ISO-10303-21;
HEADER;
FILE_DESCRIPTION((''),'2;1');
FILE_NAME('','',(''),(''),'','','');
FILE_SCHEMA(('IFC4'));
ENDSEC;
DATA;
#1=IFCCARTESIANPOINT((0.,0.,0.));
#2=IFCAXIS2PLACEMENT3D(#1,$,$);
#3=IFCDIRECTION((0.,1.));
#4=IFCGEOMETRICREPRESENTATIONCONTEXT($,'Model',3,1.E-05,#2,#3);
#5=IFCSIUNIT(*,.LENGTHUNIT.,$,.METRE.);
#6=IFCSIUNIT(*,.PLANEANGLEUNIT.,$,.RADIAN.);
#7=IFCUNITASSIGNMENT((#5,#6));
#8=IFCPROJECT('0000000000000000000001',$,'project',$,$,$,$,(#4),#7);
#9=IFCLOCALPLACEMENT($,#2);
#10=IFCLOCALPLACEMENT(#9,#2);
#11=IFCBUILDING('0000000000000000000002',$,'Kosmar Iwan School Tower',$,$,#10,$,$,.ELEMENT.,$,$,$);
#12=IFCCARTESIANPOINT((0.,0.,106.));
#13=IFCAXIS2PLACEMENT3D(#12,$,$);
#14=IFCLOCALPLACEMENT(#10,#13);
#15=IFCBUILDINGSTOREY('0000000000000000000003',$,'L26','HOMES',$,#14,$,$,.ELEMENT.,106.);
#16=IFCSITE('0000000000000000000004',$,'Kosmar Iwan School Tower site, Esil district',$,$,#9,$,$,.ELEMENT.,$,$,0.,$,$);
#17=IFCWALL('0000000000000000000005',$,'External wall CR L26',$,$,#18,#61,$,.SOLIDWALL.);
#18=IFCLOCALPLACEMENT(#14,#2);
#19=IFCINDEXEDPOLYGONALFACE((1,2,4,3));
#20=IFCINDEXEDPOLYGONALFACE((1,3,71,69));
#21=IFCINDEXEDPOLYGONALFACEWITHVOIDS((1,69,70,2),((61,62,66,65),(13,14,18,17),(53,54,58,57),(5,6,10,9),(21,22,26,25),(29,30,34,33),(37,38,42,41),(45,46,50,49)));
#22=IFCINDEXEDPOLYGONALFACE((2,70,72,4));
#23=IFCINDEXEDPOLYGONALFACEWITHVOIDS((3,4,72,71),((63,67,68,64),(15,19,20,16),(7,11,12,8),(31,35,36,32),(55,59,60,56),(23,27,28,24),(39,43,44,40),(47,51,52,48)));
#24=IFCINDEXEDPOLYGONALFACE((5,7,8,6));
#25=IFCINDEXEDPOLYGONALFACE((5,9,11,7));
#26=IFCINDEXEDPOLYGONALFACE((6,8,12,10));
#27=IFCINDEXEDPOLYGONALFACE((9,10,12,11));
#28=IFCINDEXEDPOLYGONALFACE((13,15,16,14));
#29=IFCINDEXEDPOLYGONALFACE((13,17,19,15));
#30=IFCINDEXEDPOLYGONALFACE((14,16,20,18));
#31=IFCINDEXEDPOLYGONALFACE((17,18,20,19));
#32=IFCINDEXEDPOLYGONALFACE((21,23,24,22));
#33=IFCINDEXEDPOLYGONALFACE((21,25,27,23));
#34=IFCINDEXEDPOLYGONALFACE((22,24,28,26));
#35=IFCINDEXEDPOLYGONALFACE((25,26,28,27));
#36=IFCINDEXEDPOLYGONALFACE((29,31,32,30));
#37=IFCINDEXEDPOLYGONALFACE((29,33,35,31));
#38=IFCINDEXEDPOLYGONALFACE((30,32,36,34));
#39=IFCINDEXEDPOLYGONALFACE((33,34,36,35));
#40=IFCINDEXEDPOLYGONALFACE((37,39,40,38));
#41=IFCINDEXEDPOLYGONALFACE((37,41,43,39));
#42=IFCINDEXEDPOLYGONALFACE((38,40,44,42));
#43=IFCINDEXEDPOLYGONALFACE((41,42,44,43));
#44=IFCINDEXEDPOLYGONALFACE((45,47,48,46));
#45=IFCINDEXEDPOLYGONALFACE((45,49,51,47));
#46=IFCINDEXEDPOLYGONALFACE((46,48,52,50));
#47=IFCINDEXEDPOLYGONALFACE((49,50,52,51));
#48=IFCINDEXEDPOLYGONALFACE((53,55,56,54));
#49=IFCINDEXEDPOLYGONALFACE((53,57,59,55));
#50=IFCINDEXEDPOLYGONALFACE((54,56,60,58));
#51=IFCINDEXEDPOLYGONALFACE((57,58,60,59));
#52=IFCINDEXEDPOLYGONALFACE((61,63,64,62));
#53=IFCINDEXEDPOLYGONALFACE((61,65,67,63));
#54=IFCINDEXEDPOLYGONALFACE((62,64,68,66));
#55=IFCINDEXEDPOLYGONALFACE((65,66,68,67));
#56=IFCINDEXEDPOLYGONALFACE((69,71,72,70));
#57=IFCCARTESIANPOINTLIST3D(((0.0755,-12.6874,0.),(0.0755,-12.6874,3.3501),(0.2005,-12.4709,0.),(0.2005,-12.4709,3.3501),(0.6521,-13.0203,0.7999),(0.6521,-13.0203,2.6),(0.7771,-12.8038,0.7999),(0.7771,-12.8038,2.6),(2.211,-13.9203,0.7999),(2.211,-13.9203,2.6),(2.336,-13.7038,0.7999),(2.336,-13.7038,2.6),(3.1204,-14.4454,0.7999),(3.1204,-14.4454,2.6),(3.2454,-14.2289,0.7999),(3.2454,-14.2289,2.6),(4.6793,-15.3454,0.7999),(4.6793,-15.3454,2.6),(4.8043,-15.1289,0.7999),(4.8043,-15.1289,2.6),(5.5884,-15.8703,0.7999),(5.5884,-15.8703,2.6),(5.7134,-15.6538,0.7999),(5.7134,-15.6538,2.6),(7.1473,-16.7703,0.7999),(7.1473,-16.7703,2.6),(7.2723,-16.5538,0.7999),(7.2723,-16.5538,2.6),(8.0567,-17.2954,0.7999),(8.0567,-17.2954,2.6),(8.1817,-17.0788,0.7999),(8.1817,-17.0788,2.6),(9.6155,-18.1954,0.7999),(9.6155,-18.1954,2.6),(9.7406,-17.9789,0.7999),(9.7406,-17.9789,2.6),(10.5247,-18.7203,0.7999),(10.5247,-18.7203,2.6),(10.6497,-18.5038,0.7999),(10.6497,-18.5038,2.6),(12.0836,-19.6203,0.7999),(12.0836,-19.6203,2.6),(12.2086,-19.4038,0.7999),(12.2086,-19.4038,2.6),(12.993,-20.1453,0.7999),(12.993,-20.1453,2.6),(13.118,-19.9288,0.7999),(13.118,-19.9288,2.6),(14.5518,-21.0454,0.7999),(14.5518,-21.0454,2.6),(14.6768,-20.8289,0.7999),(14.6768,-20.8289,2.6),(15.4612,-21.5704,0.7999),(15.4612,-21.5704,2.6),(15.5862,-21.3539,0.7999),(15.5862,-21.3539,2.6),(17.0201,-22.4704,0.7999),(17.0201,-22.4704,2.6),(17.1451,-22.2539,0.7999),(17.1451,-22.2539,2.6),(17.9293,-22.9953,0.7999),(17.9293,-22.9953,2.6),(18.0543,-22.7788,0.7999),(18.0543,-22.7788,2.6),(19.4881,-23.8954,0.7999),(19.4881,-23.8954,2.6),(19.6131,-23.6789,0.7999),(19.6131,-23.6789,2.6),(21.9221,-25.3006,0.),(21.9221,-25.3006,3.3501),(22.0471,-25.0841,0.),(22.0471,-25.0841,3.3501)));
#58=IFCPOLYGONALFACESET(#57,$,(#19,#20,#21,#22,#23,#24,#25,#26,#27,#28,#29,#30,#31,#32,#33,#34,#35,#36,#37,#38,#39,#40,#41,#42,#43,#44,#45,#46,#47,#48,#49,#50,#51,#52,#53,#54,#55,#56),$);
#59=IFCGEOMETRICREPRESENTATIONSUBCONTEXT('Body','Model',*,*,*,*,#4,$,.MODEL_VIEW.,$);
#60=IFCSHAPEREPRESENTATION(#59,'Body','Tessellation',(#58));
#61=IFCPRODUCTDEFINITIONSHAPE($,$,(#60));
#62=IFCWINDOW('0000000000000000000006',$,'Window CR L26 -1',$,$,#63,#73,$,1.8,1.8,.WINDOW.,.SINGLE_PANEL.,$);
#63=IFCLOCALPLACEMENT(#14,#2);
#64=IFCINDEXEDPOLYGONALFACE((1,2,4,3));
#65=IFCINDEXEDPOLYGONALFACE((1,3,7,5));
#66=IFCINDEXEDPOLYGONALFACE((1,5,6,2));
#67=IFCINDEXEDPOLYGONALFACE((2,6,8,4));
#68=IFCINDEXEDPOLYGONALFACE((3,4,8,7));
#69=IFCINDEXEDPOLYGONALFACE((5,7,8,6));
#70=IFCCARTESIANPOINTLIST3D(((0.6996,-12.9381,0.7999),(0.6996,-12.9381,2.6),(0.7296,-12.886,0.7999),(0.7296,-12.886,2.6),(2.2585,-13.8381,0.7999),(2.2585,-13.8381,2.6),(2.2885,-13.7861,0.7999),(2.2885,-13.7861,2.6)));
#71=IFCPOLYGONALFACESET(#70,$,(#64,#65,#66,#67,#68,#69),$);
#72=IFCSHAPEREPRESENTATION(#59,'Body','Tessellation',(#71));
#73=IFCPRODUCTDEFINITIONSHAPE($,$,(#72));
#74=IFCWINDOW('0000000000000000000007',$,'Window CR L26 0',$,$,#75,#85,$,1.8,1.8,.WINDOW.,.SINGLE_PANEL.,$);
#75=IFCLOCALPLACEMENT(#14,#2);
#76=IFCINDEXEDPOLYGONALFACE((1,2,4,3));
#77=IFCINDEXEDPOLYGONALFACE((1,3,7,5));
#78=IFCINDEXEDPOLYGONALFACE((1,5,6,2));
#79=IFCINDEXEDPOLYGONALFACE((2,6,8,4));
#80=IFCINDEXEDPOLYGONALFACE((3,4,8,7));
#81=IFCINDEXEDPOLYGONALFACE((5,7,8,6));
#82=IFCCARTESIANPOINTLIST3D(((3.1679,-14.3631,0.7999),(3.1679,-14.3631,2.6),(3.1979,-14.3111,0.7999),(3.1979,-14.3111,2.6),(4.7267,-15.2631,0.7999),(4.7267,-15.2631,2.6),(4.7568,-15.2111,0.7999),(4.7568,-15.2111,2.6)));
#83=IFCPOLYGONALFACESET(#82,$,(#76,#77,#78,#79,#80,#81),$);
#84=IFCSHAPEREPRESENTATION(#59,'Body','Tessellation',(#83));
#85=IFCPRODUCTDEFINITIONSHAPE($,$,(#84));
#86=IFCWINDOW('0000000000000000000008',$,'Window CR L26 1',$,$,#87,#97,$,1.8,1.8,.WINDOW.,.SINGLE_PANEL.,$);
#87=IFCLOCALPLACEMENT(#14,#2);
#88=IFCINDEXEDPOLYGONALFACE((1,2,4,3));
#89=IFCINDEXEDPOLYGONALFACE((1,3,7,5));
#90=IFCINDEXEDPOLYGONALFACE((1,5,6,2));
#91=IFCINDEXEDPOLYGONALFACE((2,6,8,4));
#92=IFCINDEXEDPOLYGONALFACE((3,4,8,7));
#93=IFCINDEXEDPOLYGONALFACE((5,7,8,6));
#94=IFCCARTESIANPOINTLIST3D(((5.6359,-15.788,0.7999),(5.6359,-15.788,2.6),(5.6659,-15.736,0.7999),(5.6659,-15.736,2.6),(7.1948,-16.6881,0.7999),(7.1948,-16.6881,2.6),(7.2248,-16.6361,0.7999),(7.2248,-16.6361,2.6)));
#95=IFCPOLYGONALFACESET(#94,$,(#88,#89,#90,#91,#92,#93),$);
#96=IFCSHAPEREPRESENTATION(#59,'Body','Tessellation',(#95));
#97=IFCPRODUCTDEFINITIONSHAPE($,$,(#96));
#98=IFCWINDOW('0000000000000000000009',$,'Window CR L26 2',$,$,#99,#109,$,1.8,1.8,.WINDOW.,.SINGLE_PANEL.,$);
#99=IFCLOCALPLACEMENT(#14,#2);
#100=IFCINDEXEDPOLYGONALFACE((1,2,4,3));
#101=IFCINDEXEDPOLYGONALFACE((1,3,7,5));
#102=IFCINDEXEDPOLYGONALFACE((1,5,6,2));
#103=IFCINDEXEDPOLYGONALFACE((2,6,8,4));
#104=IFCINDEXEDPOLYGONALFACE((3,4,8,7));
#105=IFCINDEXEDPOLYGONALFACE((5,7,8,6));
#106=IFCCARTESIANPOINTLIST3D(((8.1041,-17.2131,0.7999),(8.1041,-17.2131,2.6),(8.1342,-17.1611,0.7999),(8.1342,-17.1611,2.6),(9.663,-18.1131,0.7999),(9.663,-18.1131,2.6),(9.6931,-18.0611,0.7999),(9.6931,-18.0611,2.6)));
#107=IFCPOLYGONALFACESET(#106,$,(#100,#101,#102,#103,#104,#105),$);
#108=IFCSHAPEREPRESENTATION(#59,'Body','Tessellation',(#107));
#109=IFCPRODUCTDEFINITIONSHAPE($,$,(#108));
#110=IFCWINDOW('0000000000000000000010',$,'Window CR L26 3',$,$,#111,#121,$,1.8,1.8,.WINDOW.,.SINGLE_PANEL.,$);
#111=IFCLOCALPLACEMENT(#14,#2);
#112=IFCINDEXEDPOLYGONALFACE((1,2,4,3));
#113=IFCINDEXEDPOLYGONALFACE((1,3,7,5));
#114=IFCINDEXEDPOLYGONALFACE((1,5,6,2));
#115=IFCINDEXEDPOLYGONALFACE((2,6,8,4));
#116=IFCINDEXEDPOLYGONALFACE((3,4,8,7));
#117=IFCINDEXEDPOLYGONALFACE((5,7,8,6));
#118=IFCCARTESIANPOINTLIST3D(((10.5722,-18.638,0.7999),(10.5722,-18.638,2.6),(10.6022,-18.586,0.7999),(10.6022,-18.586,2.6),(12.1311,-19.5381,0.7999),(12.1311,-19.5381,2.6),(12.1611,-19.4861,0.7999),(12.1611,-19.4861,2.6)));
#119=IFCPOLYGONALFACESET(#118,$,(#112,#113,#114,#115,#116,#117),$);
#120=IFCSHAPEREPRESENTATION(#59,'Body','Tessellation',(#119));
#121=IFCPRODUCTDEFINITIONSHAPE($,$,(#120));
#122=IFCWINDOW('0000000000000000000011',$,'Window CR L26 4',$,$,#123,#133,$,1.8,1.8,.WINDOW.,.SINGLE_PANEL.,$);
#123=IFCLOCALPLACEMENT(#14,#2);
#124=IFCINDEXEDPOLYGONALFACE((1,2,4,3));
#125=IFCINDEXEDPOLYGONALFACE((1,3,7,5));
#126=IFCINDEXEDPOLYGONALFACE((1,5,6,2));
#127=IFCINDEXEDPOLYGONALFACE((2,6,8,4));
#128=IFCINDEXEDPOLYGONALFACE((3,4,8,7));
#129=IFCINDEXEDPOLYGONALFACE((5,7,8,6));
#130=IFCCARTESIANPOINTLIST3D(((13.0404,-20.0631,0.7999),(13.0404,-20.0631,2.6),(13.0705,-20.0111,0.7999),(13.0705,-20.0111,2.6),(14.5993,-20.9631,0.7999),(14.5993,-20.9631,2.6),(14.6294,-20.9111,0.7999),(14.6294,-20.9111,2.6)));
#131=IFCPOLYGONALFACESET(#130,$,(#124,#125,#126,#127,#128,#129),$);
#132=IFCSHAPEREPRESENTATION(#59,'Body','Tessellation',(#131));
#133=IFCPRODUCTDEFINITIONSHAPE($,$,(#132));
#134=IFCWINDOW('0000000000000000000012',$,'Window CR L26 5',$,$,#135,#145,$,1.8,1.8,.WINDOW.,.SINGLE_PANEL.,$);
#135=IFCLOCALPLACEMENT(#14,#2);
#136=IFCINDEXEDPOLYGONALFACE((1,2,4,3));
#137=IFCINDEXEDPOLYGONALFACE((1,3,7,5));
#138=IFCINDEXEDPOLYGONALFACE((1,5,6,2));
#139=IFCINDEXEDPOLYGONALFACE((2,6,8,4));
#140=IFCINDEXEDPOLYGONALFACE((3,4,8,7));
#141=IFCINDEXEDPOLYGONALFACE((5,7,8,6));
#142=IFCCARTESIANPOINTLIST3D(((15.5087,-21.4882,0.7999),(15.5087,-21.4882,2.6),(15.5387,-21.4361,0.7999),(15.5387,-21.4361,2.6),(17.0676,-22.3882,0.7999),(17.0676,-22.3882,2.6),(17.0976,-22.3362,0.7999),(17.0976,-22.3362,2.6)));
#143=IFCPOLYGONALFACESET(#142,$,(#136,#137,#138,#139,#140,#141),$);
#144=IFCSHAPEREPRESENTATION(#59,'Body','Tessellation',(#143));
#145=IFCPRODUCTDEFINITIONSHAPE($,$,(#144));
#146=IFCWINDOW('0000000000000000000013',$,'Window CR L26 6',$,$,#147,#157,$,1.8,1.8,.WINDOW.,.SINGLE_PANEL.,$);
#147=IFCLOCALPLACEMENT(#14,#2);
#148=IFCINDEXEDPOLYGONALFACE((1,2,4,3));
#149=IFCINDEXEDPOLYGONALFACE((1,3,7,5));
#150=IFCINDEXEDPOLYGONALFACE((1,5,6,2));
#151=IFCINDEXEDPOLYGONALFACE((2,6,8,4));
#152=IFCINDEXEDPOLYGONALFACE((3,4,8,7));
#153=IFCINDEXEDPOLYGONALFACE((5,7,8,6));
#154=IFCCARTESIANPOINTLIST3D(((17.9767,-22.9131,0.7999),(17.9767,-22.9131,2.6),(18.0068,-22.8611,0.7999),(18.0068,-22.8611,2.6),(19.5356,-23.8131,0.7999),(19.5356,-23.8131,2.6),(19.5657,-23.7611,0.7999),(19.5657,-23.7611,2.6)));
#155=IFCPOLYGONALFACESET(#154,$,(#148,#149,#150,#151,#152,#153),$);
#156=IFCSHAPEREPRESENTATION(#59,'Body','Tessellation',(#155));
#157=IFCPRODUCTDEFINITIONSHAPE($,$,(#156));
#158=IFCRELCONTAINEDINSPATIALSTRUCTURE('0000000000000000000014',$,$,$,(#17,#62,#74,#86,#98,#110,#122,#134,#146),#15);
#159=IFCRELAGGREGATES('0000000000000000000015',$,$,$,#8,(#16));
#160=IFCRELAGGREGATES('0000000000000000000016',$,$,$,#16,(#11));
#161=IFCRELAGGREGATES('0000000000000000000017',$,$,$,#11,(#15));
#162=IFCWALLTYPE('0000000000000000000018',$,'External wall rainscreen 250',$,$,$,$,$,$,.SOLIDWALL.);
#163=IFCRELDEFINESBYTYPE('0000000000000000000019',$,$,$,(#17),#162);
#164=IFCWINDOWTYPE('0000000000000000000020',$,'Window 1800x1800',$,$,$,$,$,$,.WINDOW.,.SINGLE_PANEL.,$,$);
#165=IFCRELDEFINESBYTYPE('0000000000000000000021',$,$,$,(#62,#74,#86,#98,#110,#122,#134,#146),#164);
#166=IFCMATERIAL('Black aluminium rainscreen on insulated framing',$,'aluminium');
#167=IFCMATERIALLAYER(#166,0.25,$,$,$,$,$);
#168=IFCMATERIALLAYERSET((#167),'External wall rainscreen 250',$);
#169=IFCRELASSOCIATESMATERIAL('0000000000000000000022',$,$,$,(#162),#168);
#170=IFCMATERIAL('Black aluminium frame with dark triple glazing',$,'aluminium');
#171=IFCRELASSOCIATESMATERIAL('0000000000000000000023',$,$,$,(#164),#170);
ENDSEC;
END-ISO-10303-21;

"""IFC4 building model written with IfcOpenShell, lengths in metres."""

from ifc_helpers import new_model, si_unit, direction, frame, frame_2d, origin, place, context, subcontext, project, spatial, rectangle, extrude, material, layer, layer_set, type_object, element, fill, save


model = new_model("IFC4")

# Units and contexts
model_context = context("Model", 3, precision=1e-05, world=origin(), true_north=direction((0.0, 1.0)))
body_context = subcontext(model_context, "Body", "Model", "MODEL_VIEW")
ifc_project = project(units=[si_unit("LENGTHUNIT", "METRE"), si_unit("PLANEANGLEUNIT", "RADIAN")], contexts=[model_context])

# Site, building, storey
site_placement = place(None, origin())
site = spatial("IfcSite", under=ifc_project, at=site_placement, Name="Kosmar Iwan School Tower site, Esil district", CompositionType="ELEMENT", RefElevation=0.0)
building_placement = place(site_placement, origin())
building = spatial("IfcBuilding", under=site, at=building_placement, Name="Kosmar Iwan School Tower", CompositionType="ELEMENT")
storey_placement = place(building_placement, frame((0.0, 0.0, 106.0)))
storey = spatial("IfcBuildingStorey", under=building, at=storey_placement, Name="L26", Description="HOMES", CompositionType="ELEMENT", Elevation=106.0)

# Wall, openings, windows
ifc_material_1 = material(Name="Black aluminium rainscreen on insulated framing", Category="aluminium")
ifc_layer = layer(ifc_material_1, 0.25)
ifc_layer_set = layer_set([ifc_layer], Name="External wall rainscreen 250")
wall_type = type_object("IfcWallType", Name="External wall rainscreen 250", PredefinedType="SOLIDWALL", material=ifc_layer_set)
ifc_material_2 = material(Name="Black aluminium frame with dark triple glazing", Category="aluminium")
window_type = type_object("IfcWindowType", Name="Window 1800x1800", PartitioningType="SINGLE_PANEL", PredefinedType="WINDOW", material=ifc_material_2)
wall_1_placement = place(storey_placement, frame((0.1379, -12.5791, 0.0), z_axis=(0.0, 0.0, 1.0), x_axis=(0.866024, -0.500003, 0.0)))
wall_1 = element("IfcWall", 1, at=wall_1_placement, inside=storey, type_object=wall_type, Name="External wall CR L26", PredefinedType="SOLIDWALL", context=body_context, shape_type="SweptSolid", body=[
    extrude(rectangle(XDim=25.2263, YDim=0.25, at=frame_2d((12.6133, 0.0))), origin(), (0.0, 0.0, 1.0), 3.3501),
])
opening_1_placement = place(wall_1_placement, frame((0.666, 0.0, 0.8)))
opening_1 = element("IfcOpeningElement", 2, at=opening_1_placement, cuts=wall_1, PredefinedType="OPENING", context=body_context, shape_type="SweptSolid", body=[
    extrude(rectangle(XDim=1.8, YDim=1.8, at=frame_2d((0.8999, 0.8999))), frame((0.0, 0.137, 0.0), z_axis=(0.0, -1.0, 0.0), x_axis=(1.0, 0.0, 0.0)), (0.0, 0.0, 1.0), 0.2739),
])
opening_2_placement = place(wall_1_placement, frame((3.5161, 0.0, 0.8)))
opening_2 = element("IfcOpeningElement", 3, at=opening_2_placement, cuts=wall_1, PredefinedType="OPENING", context=body_context, shape_type="SweptSolid", body=[
    extrude(rectangle(XDim=1.8, YDim=1.8, at=frame_2d((0.8999, 0.8999))), frame((0.0, 0.137, 0.0), z_axis=(0.0, -1.0, 0.0), x_axis=(1.0, 0.0, 0.0)), (0.0, 0.0, 1.0), 0.2739),
])
opening_3_placement = place(wall_1_placement, frame((6.366, 0.0, 0.8)))
opening_3 = element("IfcOpeningElement", 4, at=opening_3_placement, cuts=wall_1, PredefinedType="OPENING", context=body_context, shape_type="SweptSolid", body=[
    extrude(rectangle(XDim=1.8, YDim=1.8, at=frame_2d((0.8999, 0.8999))), frame((0.0, 0.137, 0.0), z_axis=(0.0, -1.0, 0.0), x_axis=(1.0, 0.0, 0.0)), (0.0, 0.0, 1.0), 0.2739),
])
opening_4_placement = place(wall_1_placement, frame((9.2161, 0.0, 0.8)))
opening_4 = element("IfcOpeningElement", 5, at=opening_4_placement, cuts=wall_1, PredefinedType="OPENING", context=body_context, shape_type="SweptSolid", body=[
    extrude(rectangle(XDim=1.8, YDim=1.8, at=frame_2d((0.8999, 0.8999))), frame((0.0, 0.137, 0.0), z_axis=(0.0, -1.0, 0.0), x_axis=(1.0, 0.0, 0.0)), (0.0, 0.0, 1.0), 0.2739),
])
opening_5_placement = place(wall_1_placement, frame((12.0659, 0.0, 0.8)))
opening_5 = element("IfcOpeningElement", 6, at=opening_5_placement, cuts=wall_1, PredefinedType="OPENING", context=body_context, shape_type="SweptSolid", body=[
    extrude(rectangle(XDim=1.8, YDim=1.8, at=frame_2d((0.8999, 0.8999))), frame((0.0, 0.137, 0.0), z_axis=(0.0, -1.0, 0.0), x_axis=(1.0, 0.0, 0.0)), (0.0, 0.0, 1.0), 0.2739),
])
opening_6_placement = place(wall_1_placement, frame((14.916, 0.0, 0.8)))
opening_6 = element("IfcOpeningElement", 7, at=opening_6_placement, cuts=wall_1, PredefinedType="OPENING", context=body_context, shape_type="SweptSolid", body=[
    extrude(rectangle(XDim=1.8, YDim=1.8, at=frame_2d((0.8999, 0.8999))), frame((0.0, 0.137, 0.0), z_axis=(0.0, -1.0, 0.0), x_axis=(1.0, 0.0, 0.0)), (0.0, 0.0, 1.0), 0.2739),
])
opening_7_placement = place(wall_1_placement, frame((17.7661, 0.0, 0.8)))
opening_7 = element("IfcOpeningElement", 8, at=opening_7_placement, cuts=wall_1, PredefinedType="OPENING", context=body_context, shape_type="SweptSolid", body=[
    extrude(rectangle(XDim=1.8, YDim=1.8, at=frame_2d((0.8999, 0.8999))), frame((0.0, 0.137, 0.0), z_axis=(0.0, -1.0, 0.0), x_axis=(1.0, 0.0, 0.0)), (0.0, 0.0, 1.0), 0.2739),
])
opening_8_placement = place(wall_1_placement, frame((20.616, 0.0, 0.8)))
opening_8 = element("IfcOpeningElement", 9, at=opening_8_placement, cuts=wall_1, PredefinedType="OPENING", context=body_context, shape_type="SweptSolid", body=[
    extrude(rectangle(XDim=1.8, YDim=1.8, at=frame_2d((0.8999, 0.8999))), frame((0.0, 0.137, 0.0), z_axis=(0.0, -1.0, 0.0), x_axis=(1.0, 0.0, 0.0)), (0.0, 0.0, 1.0), 0.2739),
])
window_1_placement = place(opening_1_placement, origin())
window_1 = element("IfcWindow", 10, at=window_1_placement, inside=storey, type_object=window_type, Name="Window CR L26 -1", OverallHeight=1.8, OverallWidth=1.8, PartitioningType="SINGLE_PANEL", PredefinedType="WINDOW", context=body_context, shape_type="SweptSolid", body=[
    extrude(rectangle(XDim=1.8, YDim=1.8, at=frame_2d((0.8999, 0.8999))), frame((0.0, 0.03, 0.0), z_axis=(0.0, -1.0, 0.0), x_axis=(1.0, 0.0, 0.0)), (0.0, 0.0, 1.0), 0.0601),
])
fill(opening_1, window_1)
window_2_placement = place(opening_2_placement, origin())
window_2 = element("IfcWindow", 11, at=window_2_placement, inside=storey, type_object=window_type, Name="Window CR L26 0", OverallHeight=1.8, OverallWidth=1.8, PartitioningType="SINGLE_PANEL", PredefinedType="WINDOW", context=body_context, shape_type="SweptSolid", body=[
    extrude(rectangle(XDim=1.8, YDim=1.8, at=frame_2d((0.8999, 0.8999))), frame((0.0, 0.03, 0.0), z_axis=(0.0, -1.0, 0.0), x_axis=(1.0, 0.0, 0.0)), (0.0, 0.0, 1.0), 0.0601),
])
fill(opening_2, window_2)
window_3_placement = place(opening_3_placement, origin())
window_3 = element("IfcWindow", 12, at=window_3_placement, inside=storey, type_object=window_type, Name="Window CR L26 1", OverallHeight=1.8, OverallWidth=1.8, PartitioningType="SINGLE_PANEL", PredefinedType="WINDOW", context=body_context, shape_type="SweptSolid", body=[
    extrude(rectangle(XDim=1.8, YDim=1.8, at=frame_2d((0.8999, 0.8999))), frame((0.0, 0.03, 0.0), z_axis=(0.0, -1.0, 0.0), x_axis=(1.0, 0.0, 0.0)), (0.0, 0.0, 1.0), 0.0601),
])
fill(opening_3, window_3)
window_4_placement = place(opening_4_placement, origin())
window_4 = element("IfcWindow", 13, at=window_4_placement, inside=storey, type_object=window_type, Name="Window CR L26 2", OverallHeight=1.8, OverallWidth=1.8, PartitioningType="SINGLE_PANEL", PredefinedType="WINDOW", context=body_context, shape_type="SweptSolid", body=[
    extrude(rectangle(XDim=1.8, YDim=1.8, at=frame_2d((0.8999, 0.8999))), frame((0.0, 0.03, 0.0), z_axis=(0.0, -1.0, 0.0), x_axis=(1.0, 0.0, 0.0)), (0.0, 0.0, 1.0), 0.0601),
])
fill(opening_4, window_4)
window_5_placement = place(opening_5_placement, origin())
window_5 = element("IfcWindow", 14, at=window_5_placement, inside=storey, type_object=window_type, Name="Window CR L26 3", OverallHeight=1.8, OverallWidth=1.8, PartitioningType="SINGLE_PANEL", PredefinedType="WINDOW", context=body_context, shape_type="SweptSolid", body=[
    extrude(rectangle(XDim=1.8, YDim=1.8, at=frame_2d((0.8999, 0.8999))), frame((0.0, 0.03, 0.0), z_axis=(0.0, -1.0, 0.0), x_axis=(1.0, 0.0, 0.0)), (0.0, 0.0, 1.0), 0.0601),
])
fill(opening_5, window_5)
window_6_placement = place(opening_6_placement, origin())
window_6 = element("IfcWindow", 15, at=window_6_placement, inside=storey, type_object=window_type, Name="Window CR L26 4", OverallHeight=1.8, OverallWidth=1.8, PartitioningType="SINGLE_PANEL", PredefinedType="WINDOW", context=body_context, shape_type="SweptSolid", body=[
    extrude(rectangle(XDim=1.8, YDim=1.8, at=frame_2d((0.8999, 0.8999))), frame((0.0, 0.03, 0.0), z_axis=(0.0, -1.0, 0.0), x_axis=(1.0, 0.0, 0.0)), (0.0, 0.0, 1.0), 0.0601),
])
fill(opening_6, window_6)
window_7_placement = place(opening_7_placement, origin())
window_7 = element("IfcWindow", 16, at=window_7_placement, inside=storey, type_object=window_type, Name="Window CR L26 5", OverallHeight=1.8, OverallWidth=1.8, PartitioningType="SINGLE_PANEL", PredefinedType="WINDOW", context=body_context, shape_type="SweptSolid", body=[
    extrude(rectangle(XDim=1.8, YDim=1.8, at=frame_2d((0.8999, 0.8999))), frame((0.0, 0.03, 0.0), z_axis=(0.0, -1.0, 0.0), x_axis=(1.0, 0.0, 0.0)), (0.0, 0.0, 1.0), 0.0601),
])
fill(opening_7, window_7)
window_8_placement = place(opening_8_placement, origin())
window_8 = element("IfcWindow", 17, at=window_8_placement, inside=storey, type_object=window_type, Name="Window CR L26 6", OverallHeight=1.8, OverallWidth=1.8, PartitioningType="SINGLE_PANEL", PredefinedType="WINDOW", context=body_context, shape_type="SweptSolid", body=[
    extrude(rectangle(XDim=1.8, YDim=1.8, at=frame_2d((0.8999, 0.8999))), frame((0.0, 0.03, 0.0), z_axis=(0.0, -1.0, 0.0), x_axis=(1.0, 0.0, 0.0)), (0.0, 0.0, 1.0), 0.0601),
])
fill(opening_8, window_8)

save(model, "model.ifc")
